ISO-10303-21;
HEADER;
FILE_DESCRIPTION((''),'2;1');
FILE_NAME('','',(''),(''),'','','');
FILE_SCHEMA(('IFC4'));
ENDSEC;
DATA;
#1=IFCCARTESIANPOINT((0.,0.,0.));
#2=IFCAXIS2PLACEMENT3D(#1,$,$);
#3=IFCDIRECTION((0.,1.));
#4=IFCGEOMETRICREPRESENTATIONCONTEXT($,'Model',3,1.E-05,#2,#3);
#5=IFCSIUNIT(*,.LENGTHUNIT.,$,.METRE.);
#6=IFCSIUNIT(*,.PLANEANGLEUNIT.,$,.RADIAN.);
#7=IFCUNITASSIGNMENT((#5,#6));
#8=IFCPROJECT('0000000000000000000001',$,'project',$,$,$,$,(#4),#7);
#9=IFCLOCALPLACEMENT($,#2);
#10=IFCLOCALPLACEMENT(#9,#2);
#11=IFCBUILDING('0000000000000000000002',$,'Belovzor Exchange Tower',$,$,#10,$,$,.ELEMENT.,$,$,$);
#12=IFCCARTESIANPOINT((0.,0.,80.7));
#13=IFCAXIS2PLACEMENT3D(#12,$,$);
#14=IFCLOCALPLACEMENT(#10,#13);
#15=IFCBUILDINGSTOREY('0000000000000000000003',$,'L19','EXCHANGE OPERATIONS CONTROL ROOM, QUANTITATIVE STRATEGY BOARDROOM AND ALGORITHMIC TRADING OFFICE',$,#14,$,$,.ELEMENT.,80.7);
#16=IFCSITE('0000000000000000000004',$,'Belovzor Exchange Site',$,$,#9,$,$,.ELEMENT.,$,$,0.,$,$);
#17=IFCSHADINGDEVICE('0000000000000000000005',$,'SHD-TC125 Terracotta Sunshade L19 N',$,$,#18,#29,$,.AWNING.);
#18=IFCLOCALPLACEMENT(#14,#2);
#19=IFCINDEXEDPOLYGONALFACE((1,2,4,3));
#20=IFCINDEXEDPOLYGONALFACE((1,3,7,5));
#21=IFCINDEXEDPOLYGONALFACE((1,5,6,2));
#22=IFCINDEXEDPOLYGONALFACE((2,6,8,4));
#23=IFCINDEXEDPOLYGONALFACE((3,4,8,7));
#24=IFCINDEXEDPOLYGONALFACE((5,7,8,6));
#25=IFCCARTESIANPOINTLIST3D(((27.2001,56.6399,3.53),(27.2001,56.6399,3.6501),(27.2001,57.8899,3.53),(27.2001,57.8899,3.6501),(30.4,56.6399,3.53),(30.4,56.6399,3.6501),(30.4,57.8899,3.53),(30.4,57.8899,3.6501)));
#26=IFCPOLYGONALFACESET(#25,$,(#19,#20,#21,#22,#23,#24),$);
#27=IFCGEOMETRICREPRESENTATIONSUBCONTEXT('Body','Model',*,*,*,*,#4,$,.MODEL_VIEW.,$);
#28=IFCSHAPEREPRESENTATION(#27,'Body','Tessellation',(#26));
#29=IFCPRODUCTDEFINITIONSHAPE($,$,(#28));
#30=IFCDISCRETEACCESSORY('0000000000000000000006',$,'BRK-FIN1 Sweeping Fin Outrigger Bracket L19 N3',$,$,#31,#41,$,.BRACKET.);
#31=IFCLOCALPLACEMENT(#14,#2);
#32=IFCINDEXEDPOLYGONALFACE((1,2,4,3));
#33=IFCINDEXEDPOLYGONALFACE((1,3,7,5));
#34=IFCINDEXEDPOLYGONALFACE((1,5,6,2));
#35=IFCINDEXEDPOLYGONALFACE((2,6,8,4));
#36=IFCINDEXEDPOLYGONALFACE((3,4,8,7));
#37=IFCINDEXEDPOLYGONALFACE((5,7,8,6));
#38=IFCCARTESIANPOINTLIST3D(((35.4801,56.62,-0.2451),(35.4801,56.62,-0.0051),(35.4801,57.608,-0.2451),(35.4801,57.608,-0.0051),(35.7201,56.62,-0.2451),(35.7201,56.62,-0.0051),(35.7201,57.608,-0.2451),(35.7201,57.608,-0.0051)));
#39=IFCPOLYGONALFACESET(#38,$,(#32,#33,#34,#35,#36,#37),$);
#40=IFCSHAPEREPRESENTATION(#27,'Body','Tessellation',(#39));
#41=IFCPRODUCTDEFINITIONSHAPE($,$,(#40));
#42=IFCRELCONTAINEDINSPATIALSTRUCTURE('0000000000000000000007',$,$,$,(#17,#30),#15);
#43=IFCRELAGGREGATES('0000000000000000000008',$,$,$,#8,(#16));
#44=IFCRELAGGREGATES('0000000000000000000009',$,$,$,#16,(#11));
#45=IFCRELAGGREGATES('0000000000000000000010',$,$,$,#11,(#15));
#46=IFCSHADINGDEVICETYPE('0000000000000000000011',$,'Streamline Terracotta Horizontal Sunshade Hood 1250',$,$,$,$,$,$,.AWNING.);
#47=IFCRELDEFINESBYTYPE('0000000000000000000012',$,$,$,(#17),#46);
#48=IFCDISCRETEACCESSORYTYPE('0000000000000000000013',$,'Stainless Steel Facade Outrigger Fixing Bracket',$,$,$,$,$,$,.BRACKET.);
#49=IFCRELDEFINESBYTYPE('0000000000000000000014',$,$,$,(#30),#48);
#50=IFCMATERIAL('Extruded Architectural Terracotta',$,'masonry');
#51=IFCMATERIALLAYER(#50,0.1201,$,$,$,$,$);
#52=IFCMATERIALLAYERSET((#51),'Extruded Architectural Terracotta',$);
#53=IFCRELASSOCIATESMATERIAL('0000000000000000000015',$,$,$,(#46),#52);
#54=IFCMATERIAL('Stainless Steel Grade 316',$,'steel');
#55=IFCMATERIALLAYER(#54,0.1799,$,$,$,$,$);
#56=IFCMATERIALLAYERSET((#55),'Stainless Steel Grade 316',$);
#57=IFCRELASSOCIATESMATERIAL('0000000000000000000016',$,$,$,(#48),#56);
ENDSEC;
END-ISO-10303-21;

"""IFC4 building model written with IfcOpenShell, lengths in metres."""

from ifc_helpers import new_model, si_unit, direction, frame, origin, origin_2d, place, context, subcontext, project, spatial, rectangle, extrude, material, layer, layer_set, type_object, element, save


model = new_model("IFC4")

# Units and contexts
model_context = context("Model", 3, precision=1e-05, world=origin(), true_north=direction((0.0, 1.0)))
body_context = subcontext(model_context, "Body", "Model", "MODEL_VIEW")
ifc_project = project(units=[si_unit("LENGTHUNIT", "METRE"), si_unit("PLANEANGLEUNIT", "RADIAN")], contexts=[model_context])

# Site, building, storey
site_placement = place(None, origin())
site = spatial("IfcSite", under=ifc_project, at=site_placement, Name="Belovzor Exchange Site", CompositionType="ELEMENT", RefElevation=0.0)
building_placement = place(site_placement, origin())
building = spatial("IfcBuilding", under=site, at=building_placement, Name="Belovzor Exchange Tower", CompositionType="ELEMENT")
storey_placement = place(building_placement, frame((0.0, 0.0, 80.7)))
storey = spatial("IfcBuildingStorey", under=building, at=storey_placement, Name="L19", Description="EXCHANGE OPERATIONS CONTROL ROOM, QUANTITATIVE STRATEGY BOARDROOM AND ALGORITHMIC TRADING OFFICE", CompositionType="ELEMENT", Elevation=80.7)

# Shading device
ifc_material_1 = material(Name="Extruded Architectural Terracotta", Category="masonry")
ifc_layer_1 = layer(ifc_material_1, 0.1201)
ifc_layer_set_1 = layer_set([ifc_layer_1], Name="Extruded Architectural Terracotta")
shading_device_type = type_object("IfcShadingDeviceType", Name="Streamline Terracotta Horizontal Sunshade Hood 1250", PredefinedType="AWNING", material=ifc_layer_set_1)
shading_device_placement = place(storey_placement, frame((28.8, 57.2649, 3.53), z_axis=(0.0, 0.0, 1.0), x_axis=(1.0, 0.0, 0.0)))
element("IfcShadingDevice", 1, at=shading_device_placement, inside=storey, type_object=shading_device_type, Name="SHD-TC125 Terracotta Sunshade L19 N", PredefinedType="AWNING", context=body_context, shape_type="SweptSolid", body=[
    extrude(rectangle(XDim=3.2, YDim=1.25, at=origin_2d()), origin(), (0.0, 0.0, 1.0), 0.1201),
])

# Discrete accessory
ifc_material_2 = material(Name="Stainless Steel Grade 316", Category="steel")
ifc_layer_2 = layer(ifc_material_2, 0.1799)
ifc_layer_set_2 = layer_set([ifc_layer_2], Name="Stainless Steel Grade 316")
discrete_accessory_type = type_object("IfcDiscreteAccessoryType", Name="Stainless Steel Facade Outrigger Fixing Bracket", PredefinedType="BRACKET", material=ifc_layer_set_2)
discrete_accessory_placement = place(storey_placement, frame((35.6001, 57.114, -0.2451), z_axis=(0.0, 0.0, 1.0), x_axis=(0.0, 1.0, 0.0)))
element("IfcDiscreteAccessory", 2, at=discrete_accessory_placement, inside=storey, type_object=discrete_accessory_type, Name="BRK-FIN1 Sweeping Fin Outrigger Bracket L19 N3", PredefinedType="BRACKET", context=body_context, shape_type="SweptSolid", body=[
    extrude(rectangle(XDim=0.988, YDim=0.24, at=origin_2d()), origin(), (0.0, 0.0, 1.0), 0.24),
])

save(model, "model.ifc")
